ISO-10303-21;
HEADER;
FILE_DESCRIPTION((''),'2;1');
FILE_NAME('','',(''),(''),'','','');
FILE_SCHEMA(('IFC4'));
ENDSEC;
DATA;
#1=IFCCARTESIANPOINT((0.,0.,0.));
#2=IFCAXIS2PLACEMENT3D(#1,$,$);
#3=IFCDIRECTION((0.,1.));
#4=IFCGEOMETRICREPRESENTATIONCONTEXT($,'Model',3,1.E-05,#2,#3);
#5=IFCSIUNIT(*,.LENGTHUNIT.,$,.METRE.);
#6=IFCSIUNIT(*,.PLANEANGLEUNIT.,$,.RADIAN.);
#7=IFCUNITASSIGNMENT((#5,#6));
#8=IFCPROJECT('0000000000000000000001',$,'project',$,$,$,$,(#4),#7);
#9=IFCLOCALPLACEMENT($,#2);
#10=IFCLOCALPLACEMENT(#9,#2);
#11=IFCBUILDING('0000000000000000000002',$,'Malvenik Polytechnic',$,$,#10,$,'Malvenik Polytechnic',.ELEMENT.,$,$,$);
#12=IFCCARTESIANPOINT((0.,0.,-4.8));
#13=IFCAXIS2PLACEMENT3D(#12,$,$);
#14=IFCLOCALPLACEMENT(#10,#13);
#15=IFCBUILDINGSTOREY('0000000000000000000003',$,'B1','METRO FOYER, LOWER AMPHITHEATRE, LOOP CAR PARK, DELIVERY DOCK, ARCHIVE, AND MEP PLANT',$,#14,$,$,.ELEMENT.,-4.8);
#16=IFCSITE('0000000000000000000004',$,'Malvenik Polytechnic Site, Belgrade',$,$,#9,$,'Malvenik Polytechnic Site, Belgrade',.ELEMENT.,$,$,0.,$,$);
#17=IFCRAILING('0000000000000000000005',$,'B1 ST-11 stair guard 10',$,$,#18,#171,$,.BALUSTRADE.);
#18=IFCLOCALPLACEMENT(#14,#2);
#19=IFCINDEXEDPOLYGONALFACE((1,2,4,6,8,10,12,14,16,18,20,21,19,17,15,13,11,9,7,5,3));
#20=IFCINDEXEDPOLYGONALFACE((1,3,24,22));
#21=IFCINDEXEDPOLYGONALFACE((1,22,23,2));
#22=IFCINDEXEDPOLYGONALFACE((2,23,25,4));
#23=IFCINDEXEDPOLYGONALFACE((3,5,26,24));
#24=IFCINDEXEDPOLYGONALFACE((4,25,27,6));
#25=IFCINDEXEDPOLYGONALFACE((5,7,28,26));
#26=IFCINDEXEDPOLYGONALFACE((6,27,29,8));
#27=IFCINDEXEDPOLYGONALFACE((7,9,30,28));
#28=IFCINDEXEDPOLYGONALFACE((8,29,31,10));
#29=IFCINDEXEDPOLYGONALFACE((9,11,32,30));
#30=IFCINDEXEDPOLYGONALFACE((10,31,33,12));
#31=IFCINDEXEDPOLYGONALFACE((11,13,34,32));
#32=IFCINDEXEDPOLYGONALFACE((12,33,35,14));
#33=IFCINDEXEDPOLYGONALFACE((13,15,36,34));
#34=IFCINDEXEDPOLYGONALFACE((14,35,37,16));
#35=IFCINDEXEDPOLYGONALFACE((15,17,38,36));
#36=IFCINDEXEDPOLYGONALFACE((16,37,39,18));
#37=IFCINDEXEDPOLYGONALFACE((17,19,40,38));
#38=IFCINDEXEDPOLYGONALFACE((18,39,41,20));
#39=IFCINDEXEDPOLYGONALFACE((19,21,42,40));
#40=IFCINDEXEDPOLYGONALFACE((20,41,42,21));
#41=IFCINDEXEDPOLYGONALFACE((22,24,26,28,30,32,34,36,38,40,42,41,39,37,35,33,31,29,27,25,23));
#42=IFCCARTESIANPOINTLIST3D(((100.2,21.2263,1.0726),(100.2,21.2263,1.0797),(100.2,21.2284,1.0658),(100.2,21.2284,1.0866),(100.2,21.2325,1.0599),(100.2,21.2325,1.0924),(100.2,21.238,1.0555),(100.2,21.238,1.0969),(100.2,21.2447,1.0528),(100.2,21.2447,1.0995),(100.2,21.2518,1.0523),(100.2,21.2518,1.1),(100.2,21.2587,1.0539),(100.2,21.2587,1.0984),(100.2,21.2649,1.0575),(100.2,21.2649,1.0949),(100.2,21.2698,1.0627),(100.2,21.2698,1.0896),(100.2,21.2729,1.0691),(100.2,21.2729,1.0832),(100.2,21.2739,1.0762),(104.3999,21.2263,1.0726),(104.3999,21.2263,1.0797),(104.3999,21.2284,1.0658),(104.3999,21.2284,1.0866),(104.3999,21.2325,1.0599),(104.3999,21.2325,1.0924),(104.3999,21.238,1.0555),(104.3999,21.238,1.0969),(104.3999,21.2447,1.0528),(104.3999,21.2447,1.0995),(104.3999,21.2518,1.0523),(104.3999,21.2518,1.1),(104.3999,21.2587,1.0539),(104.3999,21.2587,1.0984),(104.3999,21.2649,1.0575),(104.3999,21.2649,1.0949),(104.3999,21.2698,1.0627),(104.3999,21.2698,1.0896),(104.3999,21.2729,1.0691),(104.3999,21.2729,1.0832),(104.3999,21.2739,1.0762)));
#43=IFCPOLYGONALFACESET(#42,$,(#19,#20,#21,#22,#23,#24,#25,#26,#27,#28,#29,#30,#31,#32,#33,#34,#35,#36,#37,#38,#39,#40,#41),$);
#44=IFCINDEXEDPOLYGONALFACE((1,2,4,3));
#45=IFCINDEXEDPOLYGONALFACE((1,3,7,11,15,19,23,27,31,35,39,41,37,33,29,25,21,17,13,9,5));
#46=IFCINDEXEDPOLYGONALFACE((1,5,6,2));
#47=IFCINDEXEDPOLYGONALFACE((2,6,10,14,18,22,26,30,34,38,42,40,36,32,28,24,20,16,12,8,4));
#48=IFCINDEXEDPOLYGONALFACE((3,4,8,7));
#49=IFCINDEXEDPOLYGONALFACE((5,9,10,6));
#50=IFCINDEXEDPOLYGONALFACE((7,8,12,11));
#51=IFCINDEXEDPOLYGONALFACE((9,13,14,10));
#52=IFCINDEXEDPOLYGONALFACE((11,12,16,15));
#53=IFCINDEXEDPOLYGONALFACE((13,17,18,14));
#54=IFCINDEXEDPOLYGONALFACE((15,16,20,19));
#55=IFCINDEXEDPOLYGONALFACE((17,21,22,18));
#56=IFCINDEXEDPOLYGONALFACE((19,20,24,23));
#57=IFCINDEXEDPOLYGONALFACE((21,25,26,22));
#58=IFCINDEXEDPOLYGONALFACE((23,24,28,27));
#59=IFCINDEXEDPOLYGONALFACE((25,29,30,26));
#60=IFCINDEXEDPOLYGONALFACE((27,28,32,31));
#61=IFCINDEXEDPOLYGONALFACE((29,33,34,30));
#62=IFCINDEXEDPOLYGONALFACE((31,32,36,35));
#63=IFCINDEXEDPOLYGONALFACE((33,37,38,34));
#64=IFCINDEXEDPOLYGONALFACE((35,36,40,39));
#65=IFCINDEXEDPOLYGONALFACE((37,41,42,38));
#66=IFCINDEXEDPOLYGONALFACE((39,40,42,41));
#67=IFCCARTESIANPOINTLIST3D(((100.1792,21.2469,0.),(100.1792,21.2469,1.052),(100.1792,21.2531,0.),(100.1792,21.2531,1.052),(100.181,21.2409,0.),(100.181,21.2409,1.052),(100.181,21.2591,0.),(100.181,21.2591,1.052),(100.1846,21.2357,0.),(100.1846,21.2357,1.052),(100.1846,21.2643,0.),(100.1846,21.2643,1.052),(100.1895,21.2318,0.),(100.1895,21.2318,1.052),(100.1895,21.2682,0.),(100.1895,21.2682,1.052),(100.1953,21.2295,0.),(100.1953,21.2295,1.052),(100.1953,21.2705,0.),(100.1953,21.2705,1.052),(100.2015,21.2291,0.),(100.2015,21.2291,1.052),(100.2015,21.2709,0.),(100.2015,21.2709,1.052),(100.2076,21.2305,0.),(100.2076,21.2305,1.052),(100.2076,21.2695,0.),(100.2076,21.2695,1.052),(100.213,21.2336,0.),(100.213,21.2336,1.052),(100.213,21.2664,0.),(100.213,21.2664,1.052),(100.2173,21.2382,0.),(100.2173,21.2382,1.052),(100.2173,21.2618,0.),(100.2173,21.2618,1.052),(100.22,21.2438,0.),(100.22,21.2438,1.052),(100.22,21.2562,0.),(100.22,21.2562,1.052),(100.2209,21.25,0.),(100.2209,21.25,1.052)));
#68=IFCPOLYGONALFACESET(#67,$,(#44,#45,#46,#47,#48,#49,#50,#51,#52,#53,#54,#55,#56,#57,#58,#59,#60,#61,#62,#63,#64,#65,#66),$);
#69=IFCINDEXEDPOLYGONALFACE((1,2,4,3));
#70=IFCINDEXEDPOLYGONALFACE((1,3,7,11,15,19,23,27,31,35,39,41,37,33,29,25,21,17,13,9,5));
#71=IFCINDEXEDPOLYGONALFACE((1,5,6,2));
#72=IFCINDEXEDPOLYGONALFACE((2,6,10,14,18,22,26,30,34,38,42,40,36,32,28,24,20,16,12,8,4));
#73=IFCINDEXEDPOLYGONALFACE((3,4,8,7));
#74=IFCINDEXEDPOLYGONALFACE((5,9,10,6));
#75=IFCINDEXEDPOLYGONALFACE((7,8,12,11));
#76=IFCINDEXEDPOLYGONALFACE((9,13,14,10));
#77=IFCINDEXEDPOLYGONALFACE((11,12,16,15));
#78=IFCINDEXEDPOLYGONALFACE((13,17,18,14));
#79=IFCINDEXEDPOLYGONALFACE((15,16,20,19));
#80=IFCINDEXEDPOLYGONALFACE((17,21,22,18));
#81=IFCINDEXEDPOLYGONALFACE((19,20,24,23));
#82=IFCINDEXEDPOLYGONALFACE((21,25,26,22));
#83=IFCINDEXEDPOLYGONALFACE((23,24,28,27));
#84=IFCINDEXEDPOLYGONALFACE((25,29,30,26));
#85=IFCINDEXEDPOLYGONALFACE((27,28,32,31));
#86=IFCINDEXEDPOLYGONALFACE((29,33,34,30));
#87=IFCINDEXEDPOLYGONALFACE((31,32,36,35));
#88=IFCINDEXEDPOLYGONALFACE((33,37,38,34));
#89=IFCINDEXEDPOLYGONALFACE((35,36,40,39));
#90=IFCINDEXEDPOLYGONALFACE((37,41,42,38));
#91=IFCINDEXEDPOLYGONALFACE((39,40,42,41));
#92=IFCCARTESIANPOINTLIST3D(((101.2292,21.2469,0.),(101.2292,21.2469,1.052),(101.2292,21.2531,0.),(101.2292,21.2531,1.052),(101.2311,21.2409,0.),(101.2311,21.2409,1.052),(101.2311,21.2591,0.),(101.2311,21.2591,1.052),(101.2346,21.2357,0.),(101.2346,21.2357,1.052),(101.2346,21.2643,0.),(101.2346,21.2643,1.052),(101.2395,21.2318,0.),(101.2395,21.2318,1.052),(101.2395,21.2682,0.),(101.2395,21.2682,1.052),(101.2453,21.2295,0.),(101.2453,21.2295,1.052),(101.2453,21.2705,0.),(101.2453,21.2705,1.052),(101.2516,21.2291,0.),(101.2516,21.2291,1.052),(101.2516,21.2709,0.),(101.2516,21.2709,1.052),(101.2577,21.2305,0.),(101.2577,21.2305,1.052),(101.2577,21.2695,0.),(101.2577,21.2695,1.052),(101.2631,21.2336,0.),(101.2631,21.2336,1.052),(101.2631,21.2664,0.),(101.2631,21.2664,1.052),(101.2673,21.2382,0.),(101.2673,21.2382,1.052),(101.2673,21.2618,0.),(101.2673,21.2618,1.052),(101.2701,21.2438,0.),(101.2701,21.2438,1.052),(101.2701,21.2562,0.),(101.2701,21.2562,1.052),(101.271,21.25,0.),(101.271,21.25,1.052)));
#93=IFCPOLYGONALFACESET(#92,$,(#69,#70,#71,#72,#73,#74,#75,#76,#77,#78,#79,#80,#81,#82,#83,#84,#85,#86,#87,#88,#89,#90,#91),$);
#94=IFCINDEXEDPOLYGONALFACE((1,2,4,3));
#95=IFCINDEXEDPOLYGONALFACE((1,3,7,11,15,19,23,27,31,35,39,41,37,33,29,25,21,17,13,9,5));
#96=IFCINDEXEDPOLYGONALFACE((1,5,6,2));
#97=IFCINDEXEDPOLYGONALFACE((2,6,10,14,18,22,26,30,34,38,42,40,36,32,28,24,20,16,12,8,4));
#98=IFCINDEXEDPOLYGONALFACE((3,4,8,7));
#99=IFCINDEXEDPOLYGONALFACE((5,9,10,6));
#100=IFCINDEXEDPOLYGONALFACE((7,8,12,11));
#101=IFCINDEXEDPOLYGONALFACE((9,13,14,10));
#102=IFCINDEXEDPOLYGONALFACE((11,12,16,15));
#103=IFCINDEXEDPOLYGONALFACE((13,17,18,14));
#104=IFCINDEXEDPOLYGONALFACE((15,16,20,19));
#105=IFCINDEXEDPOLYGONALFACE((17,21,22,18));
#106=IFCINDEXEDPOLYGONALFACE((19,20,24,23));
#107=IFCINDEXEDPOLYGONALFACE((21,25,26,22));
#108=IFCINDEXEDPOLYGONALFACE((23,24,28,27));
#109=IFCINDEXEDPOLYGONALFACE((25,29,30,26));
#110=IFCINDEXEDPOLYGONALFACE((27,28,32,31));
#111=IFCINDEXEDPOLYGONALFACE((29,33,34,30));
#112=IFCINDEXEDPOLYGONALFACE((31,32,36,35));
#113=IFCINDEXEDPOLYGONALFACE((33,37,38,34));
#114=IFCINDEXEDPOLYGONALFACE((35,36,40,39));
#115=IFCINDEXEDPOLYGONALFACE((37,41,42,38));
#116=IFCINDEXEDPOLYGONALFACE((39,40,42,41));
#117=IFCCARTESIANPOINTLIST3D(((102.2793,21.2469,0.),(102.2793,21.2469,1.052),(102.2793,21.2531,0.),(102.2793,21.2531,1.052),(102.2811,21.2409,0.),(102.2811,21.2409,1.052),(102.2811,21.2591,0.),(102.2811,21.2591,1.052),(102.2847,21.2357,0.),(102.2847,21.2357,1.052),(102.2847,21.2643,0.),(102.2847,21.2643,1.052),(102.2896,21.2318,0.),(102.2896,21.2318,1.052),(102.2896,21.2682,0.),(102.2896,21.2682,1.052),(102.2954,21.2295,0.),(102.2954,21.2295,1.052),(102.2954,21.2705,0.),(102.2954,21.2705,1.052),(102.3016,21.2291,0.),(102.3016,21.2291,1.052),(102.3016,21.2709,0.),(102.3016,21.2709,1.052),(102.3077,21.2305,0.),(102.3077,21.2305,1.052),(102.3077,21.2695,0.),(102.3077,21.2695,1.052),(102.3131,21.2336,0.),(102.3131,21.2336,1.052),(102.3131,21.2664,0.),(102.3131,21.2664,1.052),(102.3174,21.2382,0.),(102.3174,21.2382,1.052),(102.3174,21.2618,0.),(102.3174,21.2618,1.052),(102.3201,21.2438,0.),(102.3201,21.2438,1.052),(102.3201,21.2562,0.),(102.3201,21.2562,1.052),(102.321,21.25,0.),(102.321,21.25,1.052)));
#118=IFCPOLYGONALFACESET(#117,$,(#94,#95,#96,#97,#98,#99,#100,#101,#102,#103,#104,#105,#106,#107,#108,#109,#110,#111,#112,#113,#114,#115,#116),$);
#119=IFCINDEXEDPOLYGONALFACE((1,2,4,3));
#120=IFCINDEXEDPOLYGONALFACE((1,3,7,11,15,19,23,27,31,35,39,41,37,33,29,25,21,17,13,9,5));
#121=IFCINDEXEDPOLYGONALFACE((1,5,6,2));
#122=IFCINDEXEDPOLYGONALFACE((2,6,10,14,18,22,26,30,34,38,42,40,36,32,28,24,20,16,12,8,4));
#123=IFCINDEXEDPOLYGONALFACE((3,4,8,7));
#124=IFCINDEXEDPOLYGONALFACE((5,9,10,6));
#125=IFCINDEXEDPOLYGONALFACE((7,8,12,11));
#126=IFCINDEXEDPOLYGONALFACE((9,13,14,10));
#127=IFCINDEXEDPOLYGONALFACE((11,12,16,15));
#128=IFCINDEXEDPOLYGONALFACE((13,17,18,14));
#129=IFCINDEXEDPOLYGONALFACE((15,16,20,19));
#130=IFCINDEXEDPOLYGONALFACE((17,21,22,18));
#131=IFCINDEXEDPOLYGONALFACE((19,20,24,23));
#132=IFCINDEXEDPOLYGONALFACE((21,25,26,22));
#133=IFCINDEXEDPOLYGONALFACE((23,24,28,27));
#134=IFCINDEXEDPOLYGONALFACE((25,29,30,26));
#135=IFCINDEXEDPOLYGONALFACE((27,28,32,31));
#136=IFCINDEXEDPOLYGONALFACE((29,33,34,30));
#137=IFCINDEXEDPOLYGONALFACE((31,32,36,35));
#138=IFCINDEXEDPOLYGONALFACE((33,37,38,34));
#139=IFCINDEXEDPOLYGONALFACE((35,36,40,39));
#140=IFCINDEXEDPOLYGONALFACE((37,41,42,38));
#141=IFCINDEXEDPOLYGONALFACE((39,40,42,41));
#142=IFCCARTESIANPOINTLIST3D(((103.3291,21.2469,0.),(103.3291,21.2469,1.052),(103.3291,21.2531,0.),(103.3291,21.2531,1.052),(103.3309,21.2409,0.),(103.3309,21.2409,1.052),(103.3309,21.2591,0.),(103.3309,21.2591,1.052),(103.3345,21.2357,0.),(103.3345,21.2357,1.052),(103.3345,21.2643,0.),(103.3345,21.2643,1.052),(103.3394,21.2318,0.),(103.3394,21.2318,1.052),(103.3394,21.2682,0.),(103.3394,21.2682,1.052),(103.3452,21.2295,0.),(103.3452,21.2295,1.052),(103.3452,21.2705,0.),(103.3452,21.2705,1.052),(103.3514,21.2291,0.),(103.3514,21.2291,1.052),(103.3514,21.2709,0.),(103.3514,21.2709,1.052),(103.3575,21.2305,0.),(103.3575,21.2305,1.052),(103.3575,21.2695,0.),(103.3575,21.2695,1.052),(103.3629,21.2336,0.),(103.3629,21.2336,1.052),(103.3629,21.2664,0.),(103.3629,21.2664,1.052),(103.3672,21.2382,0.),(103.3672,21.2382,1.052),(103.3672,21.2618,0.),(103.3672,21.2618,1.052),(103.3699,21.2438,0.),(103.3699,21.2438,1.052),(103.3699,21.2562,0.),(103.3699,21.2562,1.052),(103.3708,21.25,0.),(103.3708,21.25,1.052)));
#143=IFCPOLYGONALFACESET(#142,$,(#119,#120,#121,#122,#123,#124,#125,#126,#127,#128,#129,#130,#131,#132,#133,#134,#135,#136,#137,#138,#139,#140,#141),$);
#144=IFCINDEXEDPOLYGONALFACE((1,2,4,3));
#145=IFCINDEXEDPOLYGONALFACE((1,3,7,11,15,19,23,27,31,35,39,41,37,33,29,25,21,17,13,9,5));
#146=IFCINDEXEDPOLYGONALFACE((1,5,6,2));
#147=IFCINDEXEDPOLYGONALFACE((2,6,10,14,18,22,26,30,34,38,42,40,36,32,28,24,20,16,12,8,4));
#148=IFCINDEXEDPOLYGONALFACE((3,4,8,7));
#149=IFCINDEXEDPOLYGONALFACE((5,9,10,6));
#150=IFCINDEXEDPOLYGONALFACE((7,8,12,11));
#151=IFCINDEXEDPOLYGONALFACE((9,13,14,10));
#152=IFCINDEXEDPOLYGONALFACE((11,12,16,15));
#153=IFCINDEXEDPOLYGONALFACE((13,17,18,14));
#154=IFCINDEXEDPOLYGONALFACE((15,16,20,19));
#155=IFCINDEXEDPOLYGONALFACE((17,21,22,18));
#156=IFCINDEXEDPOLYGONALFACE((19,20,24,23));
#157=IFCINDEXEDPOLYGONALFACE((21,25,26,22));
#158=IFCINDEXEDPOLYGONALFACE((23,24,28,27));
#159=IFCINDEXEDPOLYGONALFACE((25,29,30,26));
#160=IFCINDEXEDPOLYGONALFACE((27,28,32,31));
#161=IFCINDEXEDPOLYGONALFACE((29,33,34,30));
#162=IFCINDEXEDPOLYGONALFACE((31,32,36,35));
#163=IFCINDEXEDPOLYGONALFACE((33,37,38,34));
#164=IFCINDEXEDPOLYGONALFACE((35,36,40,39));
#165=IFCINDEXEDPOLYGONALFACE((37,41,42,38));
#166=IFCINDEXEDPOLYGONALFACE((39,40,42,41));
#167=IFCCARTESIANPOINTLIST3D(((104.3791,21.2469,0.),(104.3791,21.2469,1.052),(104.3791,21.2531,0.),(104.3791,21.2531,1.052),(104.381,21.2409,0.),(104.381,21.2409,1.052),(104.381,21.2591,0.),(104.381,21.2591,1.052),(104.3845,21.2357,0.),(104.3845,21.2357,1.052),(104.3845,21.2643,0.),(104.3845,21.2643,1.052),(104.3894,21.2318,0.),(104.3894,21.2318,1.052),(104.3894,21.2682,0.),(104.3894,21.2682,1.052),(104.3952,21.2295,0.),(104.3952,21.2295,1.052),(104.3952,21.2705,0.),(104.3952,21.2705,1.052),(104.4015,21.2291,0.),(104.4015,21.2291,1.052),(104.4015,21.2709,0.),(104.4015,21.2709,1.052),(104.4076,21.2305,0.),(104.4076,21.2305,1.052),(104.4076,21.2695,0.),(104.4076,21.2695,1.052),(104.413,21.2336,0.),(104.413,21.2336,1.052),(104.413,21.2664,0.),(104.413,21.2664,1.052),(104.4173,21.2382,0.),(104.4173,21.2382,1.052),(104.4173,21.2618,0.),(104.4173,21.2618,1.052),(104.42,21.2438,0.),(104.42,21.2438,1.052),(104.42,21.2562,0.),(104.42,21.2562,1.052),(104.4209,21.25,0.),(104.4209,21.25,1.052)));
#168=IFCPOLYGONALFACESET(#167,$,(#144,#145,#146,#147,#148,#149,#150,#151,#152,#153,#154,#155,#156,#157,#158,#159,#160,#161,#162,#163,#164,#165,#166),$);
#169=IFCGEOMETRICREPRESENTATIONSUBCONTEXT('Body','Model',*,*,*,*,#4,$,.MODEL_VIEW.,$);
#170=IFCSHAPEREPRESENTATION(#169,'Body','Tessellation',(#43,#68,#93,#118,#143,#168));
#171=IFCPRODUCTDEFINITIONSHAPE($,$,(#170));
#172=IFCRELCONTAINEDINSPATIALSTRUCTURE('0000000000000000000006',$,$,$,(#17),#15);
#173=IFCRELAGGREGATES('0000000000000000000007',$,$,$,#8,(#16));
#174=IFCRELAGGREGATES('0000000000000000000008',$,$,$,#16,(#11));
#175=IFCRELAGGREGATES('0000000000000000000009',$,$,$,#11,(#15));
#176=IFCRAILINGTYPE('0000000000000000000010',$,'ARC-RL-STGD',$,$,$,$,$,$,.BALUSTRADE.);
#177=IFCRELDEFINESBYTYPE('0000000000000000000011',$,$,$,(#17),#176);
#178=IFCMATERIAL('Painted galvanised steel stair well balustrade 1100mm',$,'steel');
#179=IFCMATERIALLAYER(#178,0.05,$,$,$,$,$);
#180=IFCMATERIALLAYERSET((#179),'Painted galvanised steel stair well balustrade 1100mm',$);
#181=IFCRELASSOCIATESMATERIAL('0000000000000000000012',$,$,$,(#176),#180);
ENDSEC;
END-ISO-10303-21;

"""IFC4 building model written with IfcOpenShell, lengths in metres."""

from ifc_helpers import new_model, si_unit, direction, frame, origin, origin_2d, place, context, subcontext, project, spatial, circle, extrude, material, layer, layer_set, type_object, element, save


model = new_model("IFC4")

# Units and contexts
model_context = context("Model", 3, precision=1e-05, world=origin(), true_north=direction((0.0, 1.0)))
body_context = subcontext(model_context, "Body", "Model", "MODEL_VIEW")
ifc_project = project(units=[si_unit("LENGTHUNIT", "METRE"), si_unit("PLANEANGLEUNIT", "RADIAN")], contexts=[model_context])

# Site, building, storey
site_placement = place(None, origin())
site = spatial("IfcSite", under=ifc_project, at=site_placement, Name="Malvenik Polytechnic Site, Belgrade", LongName="Malvenik Polytechnic Site, Belgrade", CompositionType="ELEMENT", RefElevation=0.0)
building_placement = place(site_placement, origin())
building = spatial("IfcBuilding", under=site, at=building_placement, Name="Malvenik Polytechnic", LongName="Malvenik Polytechnic", CompositionType="ELEMENT")
storey_placement = place(building_placement, frame((0.0, 0.0, -4.8)))
storey = spatial("IfcBuildingStorey", under=building, at=storey_placement, Name="B1", Description="METRO FOYER, LOWER AMPHITHEATRE, LOOP CAR PARK, DELIVERY DOCK, ARCHIVE, AND MEP PLANT", CompositionType="ELEMENT", Elevation=-4.8)

# Railing
ifc_material_1 = material(Name="Painted galvanised steel stair well balustrade 1100mm", Category="steel")
ifc_layer_1 = layer(ifc_material_1, 0.05)
ifc_layer_set_1 = layer_set([ifc_layer_1], Name="Painted galvanised steel stair well balustrade 1100mm")
railing_type = type_object("IfcRailingType", Name="ARC-RL-STGD", PredefinedType="BALUSTRADE", material=ifc_layer_set_1)
railing_1_placement = place(storey_placement, frame((100.2, 21.25, 0.0)))
element("IfcRailing", 1, at=railing_1_placement, inside=storey, type_object=railing_type, Name="B1 ST-11 stair guard 10", PredefinedType="BALUSTRADE", context=body_context, shape_type="SweptSolid", body=[
    extrude(circle(Radius=0.0239, at=origin_2d()), frame((0.0, 0.0, 1.0762), z_axis=(1.0, 0.0, 0.0), x_axis=(0.0, 1.0, 0.0)), (0.0, 0.0, 1.0), 4.2),
    extrude(circle(Radius=0.021, at=origin_2d()), origin(), (0.0, 0.0, 1.0), 1.052),
    extrude(circle(Radius=0.021, at=origin_2d()), frame((1.05, 0.0, 0.0)), (0.0, 0.0, 1.0), 1.052),
    extrude(circle(Radius=0.021, at=origin_2d()), frame((2.1001, 0.0, 0.0)), (0.0, 0.0, 1.0), 1.052),
    extrude(circle(Radius=0.021, at=origin_2d()), frame((3.1499, 0.0, 0.0)), (0.0, 0.0, 1.0), 1.052),
    extrude(circle(Radius=0.021, at=origin_2d()), frame((4.2, 0.0, 0.0)), (0.0, 0.0, 1.0), 1.052),
])

save(model, "model.ifc")
